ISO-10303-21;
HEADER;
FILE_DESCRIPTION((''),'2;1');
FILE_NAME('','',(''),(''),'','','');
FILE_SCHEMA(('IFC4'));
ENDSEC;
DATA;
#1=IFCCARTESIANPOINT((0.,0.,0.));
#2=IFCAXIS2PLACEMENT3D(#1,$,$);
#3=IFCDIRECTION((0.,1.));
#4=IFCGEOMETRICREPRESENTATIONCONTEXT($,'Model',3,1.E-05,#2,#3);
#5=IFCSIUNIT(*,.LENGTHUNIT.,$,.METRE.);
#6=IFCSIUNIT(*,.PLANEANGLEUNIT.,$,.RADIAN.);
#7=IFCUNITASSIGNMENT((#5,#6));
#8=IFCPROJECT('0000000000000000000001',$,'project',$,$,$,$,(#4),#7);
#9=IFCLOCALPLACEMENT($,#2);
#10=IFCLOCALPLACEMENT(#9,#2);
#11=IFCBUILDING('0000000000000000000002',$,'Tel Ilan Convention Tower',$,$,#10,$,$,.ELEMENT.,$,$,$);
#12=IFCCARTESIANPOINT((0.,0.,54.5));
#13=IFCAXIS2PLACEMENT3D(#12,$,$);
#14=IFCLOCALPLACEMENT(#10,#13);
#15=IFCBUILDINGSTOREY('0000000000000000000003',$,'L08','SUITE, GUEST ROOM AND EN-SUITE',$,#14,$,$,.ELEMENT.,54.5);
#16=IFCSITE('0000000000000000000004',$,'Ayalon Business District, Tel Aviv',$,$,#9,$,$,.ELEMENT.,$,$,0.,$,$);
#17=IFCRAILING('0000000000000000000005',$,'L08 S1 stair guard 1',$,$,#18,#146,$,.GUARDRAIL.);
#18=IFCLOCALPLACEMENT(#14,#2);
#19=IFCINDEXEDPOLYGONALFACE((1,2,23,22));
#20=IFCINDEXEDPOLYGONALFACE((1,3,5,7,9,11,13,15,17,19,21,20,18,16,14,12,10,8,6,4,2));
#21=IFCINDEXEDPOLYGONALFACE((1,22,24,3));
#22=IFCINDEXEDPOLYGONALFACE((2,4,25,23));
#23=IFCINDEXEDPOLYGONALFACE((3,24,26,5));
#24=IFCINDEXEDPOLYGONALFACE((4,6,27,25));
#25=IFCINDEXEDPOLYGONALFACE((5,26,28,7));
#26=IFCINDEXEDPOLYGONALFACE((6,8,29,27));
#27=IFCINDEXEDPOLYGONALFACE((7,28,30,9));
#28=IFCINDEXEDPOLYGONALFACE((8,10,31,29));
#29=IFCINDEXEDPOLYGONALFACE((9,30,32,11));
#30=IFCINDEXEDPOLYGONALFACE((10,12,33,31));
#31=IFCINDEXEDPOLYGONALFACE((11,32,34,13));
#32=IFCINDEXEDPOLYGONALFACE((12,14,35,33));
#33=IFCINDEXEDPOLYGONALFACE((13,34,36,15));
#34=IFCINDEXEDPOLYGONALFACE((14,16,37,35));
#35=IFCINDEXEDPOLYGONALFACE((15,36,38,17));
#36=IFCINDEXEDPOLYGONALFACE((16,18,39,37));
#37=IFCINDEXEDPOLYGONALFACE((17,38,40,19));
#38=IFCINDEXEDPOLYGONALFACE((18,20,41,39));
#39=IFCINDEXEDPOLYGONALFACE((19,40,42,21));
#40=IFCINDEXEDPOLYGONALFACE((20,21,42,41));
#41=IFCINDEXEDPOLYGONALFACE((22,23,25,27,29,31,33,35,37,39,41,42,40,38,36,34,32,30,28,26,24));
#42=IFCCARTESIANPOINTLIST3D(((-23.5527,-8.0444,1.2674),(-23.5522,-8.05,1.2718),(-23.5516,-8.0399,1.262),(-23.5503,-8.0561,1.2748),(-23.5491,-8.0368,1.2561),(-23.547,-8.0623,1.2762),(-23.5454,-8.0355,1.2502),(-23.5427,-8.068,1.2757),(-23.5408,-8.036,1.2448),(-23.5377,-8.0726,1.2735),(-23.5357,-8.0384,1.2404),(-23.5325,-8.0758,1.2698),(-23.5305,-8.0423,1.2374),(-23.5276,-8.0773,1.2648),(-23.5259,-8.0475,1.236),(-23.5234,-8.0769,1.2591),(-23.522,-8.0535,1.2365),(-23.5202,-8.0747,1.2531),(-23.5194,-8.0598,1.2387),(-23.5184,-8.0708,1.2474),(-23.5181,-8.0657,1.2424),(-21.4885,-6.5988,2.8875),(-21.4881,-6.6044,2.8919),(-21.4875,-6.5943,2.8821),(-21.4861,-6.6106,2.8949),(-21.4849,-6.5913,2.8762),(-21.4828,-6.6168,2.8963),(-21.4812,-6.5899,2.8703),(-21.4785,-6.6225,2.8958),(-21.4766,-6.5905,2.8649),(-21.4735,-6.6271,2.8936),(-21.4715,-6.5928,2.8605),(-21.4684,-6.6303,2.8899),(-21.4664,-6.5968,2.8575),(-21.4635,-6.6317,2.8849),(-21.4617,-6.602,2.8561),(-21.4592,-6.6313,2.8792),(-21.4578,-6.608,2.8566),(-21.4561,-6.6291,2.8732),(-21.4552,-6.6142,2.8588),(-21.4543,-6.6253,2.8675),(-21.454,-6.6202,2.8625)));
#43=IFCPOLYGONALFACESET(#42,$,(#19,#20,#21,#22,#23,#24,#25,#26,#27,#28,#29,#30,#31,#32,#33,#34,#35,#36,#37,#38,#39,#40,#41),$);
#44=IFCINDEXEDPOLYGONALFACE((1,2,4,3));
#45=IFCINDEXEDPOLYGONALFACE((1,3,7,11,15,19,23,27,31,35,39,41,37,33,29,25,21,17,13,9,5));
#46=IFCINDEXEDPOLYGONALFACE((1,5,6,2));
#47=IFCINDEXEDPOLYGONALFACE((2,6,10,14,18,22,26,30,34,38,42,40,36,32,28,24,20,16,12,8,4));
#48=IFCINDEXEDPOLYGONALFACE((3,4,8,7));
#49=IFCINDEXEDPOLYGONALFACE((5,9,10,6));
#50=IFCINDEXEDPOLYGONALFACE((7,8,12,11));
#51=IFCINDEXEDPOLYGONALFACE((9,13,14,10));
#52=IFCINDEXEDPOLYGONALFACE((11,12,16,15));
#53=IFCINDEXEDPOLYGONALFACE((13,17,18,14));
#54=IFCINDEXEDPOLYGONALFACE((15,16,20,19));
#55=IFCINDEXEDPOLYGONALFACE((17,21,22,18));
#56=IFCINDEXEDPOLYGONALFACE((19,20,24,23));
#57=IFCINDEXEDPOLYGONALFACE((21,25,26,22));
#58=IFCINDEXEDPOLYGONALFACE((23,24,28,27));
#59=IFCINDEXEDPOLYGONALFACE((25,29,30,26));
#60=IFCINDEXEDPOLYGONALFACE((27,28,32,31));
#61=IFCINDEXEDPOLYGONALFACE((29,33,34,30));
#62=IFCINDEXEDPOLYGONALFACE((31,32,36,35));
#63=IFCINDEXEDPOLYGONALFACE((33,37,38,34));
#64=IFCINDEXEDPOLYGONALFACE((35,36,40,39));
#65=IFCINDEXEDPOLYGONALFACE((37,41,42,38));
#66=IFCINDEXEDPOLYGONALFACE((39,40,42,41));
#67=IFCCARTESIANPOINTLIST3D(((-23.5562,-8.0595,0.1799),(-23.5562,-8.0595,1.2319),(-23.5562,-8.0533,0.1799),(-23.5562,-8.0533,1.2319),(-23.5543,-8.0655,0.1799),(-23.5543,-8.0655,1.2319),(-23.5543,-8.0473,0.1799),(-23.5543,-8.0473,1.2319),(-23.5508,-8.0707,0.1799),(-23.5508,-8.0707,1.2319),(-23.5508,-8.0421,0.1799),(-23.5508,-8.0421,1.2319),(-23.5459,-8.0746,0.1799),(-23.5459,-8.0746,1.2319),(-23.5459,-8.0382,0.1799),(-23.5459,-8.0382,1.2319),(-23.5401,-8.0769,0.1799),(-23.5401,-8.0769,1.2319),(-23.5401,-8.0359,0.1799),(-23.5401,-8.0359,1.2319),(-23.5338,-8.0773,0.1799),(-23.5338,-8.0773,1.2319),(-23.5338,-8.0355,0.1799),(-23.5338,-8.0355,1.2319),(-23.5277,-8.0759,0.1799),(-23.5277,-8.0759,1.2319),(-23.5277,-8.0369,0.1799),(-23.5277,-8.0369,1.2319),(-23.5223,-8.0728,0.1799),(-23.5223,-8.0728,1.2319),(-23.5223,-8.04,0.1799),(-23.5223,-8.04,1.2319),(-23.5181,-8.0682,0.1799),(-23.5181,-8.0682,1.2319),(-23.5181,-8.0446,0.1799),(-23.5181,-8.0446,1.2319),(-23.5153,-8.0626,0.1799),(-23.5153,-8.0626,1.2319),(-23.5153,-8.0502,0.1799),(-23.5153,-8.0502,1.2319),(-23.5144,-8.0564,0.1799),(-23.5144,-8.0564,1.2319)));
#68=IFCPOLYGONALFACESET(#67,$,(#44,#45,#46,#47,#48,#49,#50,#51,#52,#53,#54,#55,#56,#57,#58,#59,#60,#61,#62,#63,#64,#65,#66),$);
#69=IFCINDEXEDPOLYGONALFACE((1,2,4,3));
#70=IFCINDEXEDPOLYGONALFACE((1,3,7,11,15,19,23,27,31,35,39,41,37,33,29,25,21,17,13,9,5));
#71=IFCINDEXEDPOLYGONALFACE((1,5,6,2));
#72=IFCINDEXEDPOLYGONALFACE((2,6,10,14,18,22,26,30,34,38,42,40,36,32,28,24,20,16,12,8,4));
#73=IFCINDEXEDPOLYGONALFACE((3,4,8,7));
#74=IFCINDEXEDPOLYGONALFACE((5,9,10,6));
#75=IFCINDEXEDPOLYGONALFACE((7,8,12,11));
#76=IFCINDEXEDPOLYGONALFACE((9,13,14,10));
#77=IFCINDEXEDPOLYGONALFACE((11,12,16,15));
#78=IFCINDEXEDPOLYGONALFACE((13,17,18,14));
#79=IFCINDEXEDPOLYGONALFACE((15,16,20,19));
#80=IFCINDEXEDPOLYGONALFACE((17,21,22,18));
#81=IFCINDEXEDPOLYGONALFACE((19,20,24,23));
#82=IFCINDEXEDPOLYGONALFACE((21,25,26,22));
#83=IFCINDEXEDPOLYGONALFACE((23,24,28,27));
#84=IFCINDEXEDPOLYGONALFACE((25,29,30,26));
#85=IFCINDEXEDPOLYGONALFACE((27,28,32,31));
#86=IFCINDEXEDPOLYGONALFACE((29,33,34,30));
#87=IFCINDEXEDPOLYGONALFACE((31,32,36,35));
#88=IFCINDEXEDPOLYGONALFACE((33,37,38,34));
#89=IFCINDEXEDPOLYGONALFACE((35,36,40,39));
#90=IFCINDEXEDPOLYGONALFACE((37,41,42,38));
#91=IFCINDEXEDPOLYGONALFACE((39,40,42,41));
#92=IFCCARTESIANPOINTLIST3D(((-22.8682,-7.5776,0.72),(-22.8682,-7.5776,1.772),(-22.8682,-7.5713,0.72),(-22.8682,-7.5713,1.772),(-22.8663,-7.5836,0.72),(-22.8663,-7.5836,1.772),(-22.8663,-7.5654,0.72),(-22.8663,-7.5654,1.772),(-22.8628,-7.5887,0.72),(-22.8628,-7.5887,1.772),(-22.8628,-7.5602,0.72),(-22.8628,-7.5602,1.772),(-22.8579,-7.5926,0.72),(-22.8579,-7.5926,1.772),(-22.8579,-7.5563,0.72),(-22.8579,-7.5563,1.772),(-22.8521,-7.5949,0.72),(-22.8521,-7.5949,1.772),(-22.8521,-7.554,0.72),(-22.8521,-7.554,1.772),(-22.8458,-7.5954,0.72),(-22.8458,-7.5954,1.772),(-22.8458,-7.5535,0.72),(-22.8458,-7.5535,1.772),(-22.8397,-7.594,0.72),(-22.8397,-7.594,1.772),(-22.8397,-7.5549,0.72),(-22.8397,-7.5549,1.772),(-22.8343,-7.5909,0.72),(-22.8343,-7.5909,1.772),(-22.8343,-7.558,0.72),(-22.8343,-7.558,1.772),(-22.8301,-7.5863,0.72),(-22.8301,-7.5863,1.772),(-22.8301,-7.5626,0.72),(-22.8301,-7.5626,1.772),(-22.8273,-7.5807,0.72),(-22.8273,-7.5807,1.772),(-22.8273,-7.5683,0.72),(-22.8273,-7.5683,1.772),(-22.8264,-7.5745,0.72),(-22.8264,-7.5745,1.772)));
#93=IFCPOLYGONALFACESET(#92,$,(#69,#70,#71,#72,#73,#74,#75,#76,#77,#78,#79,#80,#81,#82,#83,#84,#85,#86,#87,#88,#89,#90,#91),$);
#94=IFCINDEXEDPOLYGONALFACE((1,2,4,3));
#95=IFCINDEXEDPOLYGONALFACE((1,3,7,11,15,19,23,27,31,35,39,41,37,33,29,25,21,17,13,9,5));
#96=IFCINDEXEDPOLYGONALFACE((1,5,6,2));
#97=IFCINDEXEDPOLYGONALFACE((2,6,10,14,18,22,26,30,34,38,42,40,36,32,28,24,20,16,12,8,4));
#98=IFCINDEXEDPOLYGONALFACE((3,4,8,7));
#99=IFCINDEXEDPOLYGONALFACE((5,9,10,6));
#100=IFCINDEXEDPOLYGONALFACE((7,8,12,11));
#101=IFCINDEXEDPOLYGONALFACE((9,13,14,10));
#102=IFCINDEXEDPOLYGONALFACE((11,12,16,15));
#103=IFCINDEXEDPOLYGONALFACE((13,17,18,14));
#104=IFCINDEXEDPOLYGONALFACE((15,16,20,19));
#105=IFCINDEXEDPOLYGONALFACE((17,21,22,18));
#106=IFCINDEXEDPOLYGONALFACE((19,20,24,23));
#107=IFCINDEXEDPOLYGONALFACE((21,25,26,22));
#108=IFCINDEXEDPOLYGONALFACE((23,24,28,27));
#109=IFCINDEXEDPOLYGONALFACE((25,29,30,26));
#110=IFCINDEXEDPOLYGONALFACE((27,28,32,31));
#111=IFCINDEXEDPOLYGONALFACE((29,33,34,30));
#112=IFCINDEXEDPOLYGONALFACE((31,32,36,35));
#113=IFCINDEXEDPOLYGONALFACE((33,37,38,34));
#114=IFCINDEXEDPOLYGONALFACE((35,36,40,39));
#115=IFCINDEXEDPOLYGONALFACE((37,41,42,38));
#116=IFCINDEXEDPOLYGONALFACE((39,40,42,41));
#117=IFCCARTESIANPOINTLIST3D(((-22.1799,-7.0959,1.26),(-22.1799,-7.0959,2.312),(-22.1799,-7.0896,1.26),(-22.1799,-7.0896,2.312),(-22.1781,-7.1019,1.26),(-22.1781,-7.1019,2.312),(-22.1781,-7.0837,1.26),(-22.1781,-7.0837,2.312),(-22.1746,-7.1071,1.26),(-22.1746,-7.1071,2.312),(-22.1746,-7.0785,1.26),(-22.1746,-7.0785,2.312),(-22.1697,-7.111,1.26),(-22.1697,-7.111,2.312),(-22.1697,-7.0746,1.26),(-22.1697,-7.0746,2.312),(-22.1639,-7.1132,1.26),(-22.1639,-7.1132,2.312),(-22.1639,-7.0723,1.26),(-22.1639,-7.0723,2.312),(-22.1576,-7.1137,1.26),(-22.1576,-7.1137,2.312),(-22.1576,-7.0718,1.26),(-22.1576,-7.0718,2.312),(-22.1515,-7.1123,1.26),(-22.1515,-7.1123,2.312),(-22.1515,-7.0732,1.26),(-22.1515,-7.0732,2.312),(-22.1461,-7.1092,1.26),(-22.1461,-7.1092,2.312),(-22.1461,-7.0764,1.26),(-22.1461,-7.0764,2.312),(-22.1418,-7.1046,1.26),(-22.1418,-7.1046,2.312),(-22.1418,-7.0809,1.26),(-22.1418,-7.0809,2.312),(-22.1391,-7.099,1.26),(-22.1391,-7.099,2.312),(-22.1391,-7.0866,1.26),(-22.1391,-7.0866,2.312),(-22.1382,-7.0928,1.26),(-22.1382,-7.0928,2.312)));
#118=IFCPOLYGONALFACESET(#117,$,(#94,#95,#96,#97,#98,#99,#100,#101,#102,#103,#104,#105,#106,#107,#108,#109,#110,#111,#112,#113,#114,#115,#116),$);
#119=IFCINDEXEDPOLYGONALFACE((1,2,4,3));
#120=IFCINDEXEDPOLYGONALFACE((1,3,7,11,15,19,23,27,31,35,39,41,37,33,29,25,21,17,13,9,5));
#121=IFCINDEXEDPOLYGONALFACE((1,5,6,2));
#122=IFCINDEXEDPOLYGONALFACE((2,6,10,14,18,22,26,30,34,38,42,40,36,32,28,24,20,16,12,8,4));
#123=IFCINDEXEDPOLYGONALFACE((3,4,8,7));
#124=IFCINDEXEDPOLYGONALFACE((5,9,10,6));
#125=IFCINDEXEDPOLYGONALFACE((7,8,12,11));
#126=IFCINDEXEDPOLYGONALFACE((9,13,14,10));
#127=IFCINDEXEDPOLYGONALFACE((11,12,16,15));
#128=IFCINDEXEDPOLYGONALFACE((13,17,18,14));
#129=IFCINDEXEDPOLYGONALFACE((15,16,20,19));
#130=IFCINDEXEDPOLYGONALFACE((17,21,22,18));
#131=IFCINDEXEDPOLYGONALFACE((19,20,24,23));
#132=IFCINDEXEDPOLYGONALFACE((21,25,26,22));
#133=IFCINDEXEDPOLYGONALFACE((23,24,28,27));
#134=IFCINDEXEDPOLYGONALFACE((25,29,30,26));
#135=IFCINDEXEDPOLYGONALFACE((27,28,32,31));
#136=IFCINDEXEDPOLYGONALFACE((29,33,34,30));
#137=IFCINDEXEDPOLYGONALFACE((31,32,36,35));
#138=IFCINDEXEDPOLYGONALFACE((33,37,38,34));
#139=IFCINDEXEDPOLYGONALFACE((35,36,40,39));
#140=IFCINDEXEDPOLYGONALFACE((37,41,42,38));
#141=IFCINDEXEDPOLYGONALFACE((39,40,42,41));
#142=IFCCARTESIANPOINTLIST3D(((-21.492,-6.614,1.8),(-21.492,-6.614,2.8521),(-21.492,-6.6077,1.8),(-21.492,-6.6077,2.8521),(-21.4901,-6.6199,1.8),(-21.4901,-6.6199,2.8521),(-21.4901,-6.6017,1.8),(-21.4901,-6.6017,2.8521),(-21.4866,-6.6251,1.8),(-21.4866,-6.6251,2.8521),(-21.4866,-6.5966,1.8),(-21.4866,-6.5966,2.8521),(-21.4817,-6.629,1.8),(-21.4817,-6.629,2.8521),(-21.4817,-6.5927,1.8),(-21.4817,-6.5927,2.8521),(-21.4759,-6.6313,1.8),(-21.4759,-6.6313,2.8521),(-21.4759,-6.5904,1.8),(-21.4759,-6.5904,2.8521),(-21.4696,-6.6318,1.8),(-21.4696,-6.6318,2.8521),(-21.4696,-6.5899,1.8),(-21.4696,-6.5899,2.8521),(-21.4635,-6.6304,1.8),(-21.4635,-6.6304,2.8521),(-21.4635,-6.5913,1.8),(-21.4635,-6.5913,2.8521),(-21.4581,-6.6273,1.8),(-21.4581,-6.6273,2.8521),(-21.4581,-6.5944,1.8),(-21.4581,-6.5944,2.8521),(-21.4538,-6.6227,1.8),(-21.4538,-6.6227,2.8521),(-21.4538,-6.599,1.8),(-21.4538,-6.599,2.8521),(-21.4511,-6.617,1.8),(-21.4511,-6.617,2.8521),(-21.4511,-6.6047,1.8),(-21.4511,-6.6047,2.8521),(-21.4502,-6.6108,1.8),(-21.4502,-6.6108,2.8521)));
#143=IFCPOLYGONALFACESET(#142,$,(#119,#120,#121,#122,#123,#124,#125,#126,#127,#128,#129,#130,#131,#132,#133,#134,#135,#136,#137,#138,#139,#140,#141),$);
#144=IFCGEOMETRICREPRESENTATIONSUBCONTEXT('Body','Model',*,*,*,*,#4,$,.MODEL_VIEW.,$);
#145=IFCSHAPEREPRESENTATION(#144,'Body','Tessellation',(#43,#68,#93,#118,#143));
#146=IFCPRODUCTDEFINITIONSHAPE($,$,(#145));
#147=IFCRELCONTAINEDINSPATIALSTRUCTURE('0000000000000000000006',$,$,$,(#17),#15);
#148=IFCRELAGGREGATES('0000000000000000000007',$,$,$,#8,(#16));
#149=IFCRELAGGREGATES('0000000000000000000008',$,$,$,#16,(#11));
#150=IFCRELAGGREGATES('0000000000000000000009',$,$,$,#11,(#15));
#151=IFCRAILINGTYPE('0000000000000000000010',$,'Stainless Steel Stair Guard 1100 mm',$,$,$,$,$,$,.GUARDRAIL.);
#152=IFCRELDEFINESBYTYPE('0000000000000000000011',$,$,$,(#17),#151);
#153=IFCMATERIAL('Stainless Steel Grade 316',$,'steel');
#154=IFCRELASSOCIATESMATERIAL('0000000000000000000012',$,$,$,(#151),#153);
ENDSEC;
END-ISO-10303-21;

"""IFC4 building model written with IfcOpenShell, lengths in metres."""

from ifc_helpers import new_model, si_unit, direction, frame, origin, origin_2d, place, context, subcontext, project, spatial, circle, extrude, material, type_object, element, save


model = new_model("IFC4")

# Units and contexts
model_context = context("Model", 3, precision=1e-05, world=origin(), true_north=direction((0.0, 1.0)))
body_context = subcontext(model_context, "Body", "Model", "MODEL_VIEW")
ifc_project = project(units=[si_unit("LENGTHUNIT", "METRE"), si_unit("PLANEANGLEUNIT", "RADIAN")], contexts=[model_context])

# Site, building, storey
site_placement = place(None, origin())
site = spatial("IfcSite", under=ifc_project, at=site_placement, Name="Ayalon Business District, Tel Aviv", CompositionType="ELEMENT", RefElevation=0.0)
building_placement = place(site_placement, origin())
building = spatial("IfcBuilding", under=site, at=building_placement, Name="Tel Ilan Convention Tower", CompositionType="ELEMENT")
storey_placement = place(building_placement, frame((0.0, 0.0, 54.5)))
storey = spatial("IfcBuildingStorey", under=building, at=storey_placement, Name="L08", Description="SUITE, GUEST ROOM AND EN-SUITE", CompositionType="ELEMENT", Elevation=54.5)

# Railing
ifc_material_1 = material(Name="Stainless Steel Grade 316", Category="steel")
railing_type_1 = type_object("IfcRailingType", Name="Stainless Steel Stair Guard 1100 mm", PredefinedType="GUARDRAIL", material=ifc_material_1)
railing_1_placement = place(storey_placement, frame((-23.5354, -8.0564, 0.1799)))
element("IfcRailing", 1, at=railing_1_placement, inside=storey, type_object=railing_type_1, Name="L08 S1 stair guard 1", PredefinedType="GUARDRAIL", context=body_context, shape_type="SweptSolid", body=[
    extrude(circle(Radius=0.0239, at=origin_2d()), frame((0.0, 0.0, 1.0762), z_axis=(0.689013, 0.482513, 0.540779), x_axis=(-0.573625, 0.819118, 0.0)), (0.0, 0.0, 1.0), 2.9958),
    extrude(circle(Radius=0.021, at=origin_2d()), origin(), (0.0, 0.0, 1.0), 1.052),
    extrude(circle(Radius=0.021, at=origin_2d()), frame((0.688, 0.4819, 0.54)), (0.0, 0.0, 1.0), 1.052),
    extrude(circle(Radius=0.021, at=origin_2d()), frame((1.3762, 0.9636, 1.0801)), (0.0, 0.0, 1.0), 1.052),
    extrude(circle(Radius=0.021, at=origin_2d()), frame((2.0642, 1.4456, 1.6201)), (0.0, 0.0, 1.0), 1.052),
])

save(model, "model.ifc")
